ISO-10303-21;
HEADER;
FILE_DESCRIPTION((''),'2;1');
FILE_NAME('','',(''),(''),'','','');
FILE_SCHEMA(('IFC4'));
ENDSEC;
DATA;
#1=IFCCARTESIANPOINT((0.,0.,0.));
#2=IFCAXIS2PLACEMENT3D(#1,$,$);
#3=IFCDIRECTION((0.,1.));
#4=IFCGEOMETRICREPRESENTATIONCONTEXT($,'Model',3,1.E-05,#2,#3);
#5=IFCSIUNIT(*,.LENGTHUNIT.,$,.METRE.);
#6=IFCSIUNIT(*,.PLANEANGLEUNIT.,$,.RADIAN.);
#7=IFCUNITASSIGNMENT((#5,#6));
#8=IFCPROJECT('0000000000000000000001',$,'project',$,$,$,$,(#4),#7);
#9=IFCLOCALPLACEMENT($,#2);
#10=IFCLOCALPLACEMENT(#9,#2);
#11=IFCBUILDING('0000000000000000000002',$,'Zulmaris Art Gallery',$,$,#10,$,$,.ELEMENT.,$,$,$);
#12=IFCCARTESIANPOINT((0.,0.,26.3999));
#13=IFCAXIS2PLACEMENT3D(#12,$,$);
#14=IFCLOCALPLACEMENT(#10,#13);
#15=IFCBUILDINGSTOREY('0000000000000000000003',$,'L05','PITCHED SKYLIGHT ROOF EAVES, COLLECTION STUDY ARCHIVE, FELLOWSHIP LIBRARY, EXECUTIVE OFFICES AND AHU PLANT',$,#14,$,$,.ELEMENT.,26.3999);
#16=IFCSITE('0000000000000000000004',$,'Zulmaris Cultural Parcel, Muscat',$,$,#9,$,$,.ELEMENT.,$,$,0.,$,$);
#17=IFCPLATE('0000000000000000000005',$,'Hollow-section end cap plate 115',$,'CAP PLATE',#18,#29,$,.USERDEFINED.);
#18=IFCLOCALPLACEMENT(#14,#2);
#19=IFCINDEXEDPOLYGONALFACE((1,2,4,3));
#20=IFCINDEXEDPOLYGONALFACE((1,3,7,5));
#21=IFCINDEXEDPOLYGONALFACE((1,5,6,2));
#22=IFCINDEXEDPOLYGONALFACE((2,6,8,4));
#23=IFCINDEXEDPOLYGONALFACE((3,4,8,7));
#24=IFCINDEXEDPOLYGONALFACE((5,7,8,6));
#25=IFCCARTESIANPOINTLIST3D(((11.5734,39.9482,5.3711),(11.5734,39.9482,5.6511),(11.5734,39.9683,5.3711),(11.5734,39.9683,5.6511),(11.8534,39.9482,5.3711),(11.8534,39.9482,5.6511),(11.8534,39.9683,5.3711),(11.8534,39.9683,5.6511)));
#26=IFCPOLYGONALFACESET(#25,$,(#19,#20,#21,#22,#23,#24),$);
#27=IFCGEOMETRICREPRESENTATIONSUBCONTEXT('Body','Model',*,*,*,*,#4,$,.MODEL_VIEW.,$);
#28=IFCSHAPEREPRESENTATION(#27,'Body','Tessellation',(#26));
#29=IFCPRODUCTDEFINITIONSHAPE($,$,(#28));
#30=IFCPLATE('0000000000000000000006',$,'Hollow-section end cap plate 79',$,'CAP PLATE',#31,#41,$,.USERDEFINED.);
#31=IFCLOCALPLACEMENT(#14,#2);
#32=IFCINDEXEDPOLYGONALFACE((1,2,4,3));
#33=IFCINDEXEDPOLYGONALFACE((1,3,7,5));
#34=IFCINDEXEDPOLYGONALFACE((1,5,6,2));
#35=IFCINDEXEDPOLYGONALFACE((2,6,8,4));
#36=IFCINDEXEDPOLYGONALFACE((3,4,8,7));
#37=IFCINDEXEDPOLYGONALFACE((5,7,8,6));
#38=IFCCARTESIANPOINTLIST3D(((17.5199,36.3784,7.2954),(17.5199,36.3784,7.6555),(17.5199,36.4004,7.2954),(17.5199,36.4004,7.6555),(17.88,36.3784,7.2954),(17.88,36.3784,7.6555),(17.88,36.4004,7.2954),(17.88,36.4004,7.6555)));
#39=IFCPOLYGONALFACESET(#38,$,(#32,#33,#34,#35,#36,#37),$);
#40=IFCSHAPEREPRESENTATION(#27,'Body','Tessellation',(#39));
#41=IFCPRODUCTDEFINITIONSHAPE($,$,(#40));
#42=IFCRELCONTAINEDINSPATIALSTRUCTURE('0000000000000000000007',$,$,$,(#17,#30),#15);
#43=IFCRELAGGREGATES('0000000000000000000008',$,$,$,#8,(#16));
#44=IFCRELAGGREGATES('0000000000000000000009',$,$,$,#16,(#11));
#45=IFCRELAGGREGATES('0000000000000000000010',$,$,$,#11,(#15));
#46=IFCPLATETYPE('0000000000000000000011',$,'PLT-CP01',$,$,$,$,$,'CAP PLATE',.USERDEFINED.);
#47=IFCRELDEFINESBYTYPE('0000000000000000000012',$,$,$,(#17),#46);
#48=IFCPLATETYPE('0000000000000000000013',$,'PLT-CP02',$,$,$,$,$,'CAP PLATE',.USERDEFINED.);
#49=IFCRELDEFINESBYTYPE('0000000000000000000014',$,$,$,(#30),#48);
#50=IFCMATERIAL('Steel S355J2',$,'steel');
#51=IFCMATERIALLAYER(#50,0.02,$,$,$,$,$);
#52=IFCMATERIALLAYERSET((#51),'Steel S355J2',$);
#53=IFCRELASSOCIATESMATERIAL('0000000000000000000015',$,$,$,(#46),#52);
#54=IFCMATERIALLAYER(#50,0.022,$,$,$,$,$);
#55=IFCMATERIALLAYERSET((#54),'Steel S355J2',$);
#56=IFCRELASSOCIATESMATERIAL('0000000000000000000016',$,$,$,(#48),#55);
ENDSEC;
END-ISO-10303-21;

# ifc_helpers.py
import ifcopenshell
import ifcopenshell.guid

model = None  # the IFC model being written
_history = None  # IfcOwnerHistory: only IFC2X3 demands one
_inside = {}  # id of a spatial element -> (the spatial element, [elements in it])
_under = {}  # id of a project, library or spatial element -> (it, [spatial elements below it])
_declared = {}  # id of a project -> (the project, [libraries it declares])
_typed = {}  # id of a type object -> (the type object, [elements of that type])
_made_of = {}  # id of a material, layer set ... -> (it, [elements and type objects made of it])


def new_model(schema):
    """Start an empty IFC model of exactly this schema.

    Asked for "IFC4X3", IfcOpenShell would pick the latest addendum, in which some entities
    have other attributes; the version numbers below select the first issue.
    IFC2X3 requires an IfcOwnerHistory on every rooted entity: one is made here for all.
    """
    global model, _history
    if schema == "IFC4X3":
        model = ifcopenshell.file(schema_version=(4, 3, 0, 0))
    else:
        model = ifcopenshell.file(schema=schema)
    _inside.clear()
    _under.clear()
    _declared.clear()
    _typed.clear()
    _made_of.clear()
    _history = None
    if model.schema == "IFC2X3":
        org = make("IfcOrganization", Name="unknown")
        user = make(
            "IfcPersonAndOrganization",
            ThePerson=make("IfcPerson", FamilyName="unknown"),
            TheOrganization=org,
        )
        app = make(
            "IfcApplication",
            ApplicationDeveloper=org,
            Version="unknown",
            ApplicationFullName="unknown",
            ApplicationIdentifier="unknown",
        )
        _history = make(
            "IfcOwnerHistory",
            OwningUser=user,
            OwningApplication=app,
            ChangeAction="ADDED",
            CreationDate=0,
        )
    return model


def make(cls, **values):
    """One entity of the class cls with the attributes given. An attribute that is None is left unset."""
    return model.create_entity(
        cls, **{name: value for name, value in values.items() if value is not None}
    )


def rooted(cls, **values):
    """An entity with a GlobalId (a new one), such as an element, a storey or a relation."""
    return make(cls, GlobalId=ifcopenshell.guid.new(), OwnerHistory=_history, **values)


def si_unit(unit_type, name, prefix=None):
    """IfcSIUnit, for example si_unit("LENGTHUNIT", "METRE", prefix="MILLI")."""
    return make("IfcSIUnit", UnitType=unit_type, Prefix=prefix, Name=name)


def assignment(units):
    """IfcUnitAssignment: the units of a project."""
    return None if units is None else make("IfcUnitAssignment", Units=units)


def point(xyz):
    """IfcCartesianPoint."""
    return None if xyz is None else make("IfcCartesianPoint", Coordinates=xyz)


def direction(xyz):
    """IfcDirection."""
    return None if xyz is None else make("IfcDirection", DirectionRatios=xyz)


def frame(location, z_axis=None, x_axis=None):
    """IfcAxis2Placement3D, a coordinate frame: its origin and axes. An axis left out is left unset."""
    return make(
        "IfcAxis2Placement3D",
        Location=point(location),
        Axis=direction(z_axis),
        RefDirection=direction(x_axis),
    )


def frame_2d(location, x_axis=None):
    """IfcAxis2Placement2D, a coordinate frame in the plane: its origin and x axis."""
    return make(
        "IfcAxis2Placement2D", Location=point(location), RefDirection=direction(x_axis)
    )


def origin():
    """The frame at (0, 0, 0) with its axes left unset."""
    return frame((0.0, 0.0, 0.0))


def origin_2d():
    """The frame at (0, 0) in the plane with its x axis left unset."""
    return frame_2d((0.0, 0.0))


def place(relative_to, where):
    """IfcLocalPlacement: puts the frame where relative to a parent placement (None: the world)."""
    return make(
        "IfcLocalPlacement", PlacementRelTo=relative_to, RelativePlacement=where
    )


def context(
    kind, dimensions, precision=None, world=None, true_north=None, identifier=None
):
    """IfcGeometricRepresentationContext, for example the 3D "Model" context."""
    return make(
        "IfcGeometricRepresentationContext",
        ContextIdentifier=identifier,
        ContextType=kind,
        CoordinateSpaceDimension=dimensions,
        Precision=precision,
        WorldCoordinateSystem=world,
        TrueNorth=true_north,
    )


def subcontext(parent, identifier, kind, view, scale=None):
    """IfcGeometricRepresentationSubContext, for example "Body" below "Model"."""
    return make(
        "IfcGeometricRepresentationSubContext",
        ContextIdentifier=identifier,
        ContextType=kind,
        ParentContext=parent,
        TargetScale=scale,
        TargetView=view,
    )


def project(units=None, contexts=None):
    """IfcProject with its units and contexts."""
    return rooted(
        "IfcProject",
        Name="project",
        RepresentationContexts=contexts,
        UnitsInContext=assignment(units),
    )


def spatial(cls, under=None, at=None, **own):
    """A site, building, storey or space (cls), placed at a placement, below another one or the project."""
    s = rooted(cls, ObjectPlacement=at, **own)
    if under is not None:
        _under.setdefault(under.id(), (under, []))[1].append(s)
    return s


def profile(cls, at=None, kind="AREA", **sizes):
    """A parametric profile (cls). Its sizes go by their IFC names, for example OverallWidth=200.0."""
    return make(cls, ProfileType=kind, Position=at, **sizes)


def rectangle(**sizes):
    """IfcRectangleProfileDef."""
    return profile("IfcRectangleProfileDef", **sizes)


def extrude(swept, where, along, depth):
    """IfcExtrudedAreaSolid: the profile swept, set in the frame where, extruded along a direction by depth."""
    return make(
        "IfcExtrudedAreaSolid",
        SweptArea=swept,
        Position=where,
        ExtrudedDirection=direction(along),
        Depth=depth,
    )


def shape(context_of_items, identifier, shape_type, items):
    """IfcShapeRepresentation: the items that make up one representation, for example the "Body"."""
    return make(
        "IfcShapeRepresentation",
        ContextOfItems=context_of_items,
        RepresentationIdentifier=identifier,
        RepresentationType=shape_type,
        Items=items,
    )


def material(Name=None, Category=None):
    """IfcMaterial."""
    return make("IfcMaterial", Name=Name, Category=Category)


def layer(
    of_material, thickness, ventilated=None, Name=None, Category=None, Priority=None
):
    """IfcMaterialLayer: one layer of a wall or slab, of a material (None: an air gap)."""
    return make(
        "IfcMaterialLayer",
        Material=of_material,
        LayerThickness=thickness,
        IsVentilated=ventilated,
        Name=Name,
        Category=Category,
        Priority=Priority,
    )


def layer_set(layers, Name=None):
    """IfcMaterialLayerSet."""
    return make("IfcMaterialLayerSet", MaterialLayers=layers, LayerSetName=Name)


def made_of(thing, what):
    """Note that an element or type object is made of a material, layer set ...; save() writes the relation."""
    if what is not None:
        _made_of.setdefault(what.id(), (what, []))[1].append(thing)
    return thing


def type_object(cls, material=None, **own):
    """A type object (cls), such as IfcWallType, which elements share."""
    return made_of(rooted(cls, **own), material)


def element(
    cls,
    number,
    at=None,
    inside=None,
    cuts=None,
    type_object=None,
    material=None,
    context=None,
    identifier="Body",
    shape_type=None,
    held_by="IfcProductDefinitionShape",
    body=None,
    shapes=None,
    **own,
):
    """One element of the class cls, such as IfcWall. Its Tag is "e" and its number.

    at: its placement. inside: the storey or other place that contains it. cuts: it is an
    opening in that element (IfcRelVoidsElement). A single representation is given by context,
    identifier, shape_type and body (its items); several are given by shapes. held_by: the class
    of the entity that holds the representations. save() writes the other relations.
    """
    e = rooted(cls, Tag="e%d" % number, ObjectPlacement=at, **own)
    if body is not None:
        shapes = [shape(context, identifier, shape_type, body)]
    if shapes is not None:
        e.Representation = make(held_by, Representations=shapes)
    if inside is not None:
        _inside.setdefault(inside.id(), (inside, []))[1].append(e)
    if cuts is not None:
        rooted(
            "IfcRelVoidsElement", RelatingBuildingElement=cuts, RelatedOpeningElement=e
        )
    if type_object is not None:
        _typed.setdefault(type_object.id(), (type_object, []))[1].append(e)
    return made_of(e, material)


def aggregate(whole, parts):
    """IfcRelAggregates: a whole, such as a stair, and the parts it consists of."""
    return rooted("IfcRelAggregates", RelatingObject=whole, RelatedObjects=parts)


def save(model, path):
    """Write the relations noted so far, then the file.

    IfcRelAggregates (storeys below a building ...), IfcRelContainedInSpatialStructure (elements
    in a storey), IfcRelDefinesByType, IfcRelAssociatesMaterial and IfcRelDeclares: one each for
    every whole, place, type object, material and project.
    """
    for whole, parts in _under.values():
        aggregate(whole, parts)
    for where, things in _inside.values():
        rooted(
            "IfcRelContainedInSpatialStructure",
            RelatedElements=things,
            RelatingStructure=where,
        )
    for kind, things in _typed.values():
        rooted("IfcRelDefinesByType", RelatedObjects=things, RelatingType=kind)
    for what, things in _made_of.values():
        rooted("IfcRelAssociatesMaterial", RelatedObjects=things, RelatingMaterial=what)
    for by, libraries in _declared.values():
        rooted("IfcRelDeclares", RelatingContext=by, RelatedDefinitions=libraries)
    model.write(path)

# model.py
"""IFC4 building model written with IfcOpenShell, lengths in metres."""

from ifc_helpers import new_model, si_unit, direction, frame, origin, origin_2d, place, context, subcontext, project, spatial, rectangle, extrude, material, layer, layer_set, type_object, element, save


model = new_model("IFC4")

# Units and contexts
model_context = context("Model", 3, precision=1e-05, world=origin(), true_north=direction((0.0, 1.0)))
body_context = subcontext(model_context, "Body", "Model", "MODEL_VIEW")
ifc_project = project(units=[si_unit("LENGTHUNIT", "METRE"), si_unit("PLANEANGLEUNIT", "RADIAN")], contexts=[model_context])

# Site, building, storey
site_placement = place(None, origin())
site = spatial("IfcSite", under=ifc_project, at=site_placement, Name="Zulmaris Cultural Parcel, Muscat", CompositionType="ELEMENT", RefElevation=0.0)
building_placement = place(site_placement, origin())
building = spatial("IfcBuilding", under=site, at=building_placement, Name="Zulmaris Art Gallery", CompositionType="ELEMENT")
storey_placement = place(building_placement, frame((0.0, 0.0, 26.3999)))
storey = spatial("IfcBuildingStorey", under=building, at=storey_placement, Name="L05", Description="PITCHED SKYLIGHT ROOF EAVES, COLLECTION STUDY ARCHIVE, FELLOWSHIP LIBRARY, EXECUTIVE OFFICES AND AHU PLANT", CompositionType="ELEMENT", Elevation=26.3999)

# Plates
ifc_material_1 = material(Name="Steel S355J2", Category="steel")
ifc_layer_1 = layer(ifc_material_1, 0.02)
ifc_layer_set_1 = layer_set([ifc_layer_1], Name="Steel S355J2")
plate_type_1 = type_object("IfcPlateType", Name="PLT-CP01", ElementType="CAP PLATE", PredefinedType="USERDEFINED", material=ifc_layer_set_1)
for number, where, z_axis, x_axis, name in (
    (1, (11.7134, 39.9583, 5.3711), (0.0, 0.0, 1.0), (1.0, 0.0, 0.0), "Hollow-section end cap plate 115"),
):
    element("IfcPlate", number, at=place(storey_placement, frame(where, z_axis=z_axis, x_axis=x_axis)), inside=storey, type_object=plate_type_1, Name=name, ObjectType="CAP PLATE", PredefinedType="USERDEFINED", context=body_context, shape_type="SweptSolid", body=[
        extrude(rectangle(XDim=0.28, YDim=0.02, at=origin_2d()), origin(), (0.0, 0.0, 1.0), 0.28),
    ])
ifc_layer_2 = layer(ifc_material_1, 0.022)
ifc_layer_set_2 = layer_set([ifc_layer_2], Name="Steel S355J2")
plate_type_2 = type_object("IfcPlateType", Name="PLT-CP02", ElementType="CAP PLATE", PredefinedType="USERDEFINED", material=ifc_layer_set_2)
plate_1_placement = place(storey_placement, frame((17.7, 36.3894, 7.2954), z_axis=(0.0, 0.0, 1.0), x_axis=(1.0, 0.0, 0.0)))
element("IfcPlate", 2, at=plate_1_placement, inside=storey, type_object=plate_type_2, Name="Hollow-section end cap plate 79", ObjectType="CAP PLATE", PredefinedType="USERDEFINED", context=body_context, shape_type="SweptSolid", body=[
    extrude(rectangle(XDim=0.3601, YDim=0.022, at=origin_2d()), origin(), (0.0, 0.0, 1.0), 0.3601),
])

save(model, "model.ifc")
